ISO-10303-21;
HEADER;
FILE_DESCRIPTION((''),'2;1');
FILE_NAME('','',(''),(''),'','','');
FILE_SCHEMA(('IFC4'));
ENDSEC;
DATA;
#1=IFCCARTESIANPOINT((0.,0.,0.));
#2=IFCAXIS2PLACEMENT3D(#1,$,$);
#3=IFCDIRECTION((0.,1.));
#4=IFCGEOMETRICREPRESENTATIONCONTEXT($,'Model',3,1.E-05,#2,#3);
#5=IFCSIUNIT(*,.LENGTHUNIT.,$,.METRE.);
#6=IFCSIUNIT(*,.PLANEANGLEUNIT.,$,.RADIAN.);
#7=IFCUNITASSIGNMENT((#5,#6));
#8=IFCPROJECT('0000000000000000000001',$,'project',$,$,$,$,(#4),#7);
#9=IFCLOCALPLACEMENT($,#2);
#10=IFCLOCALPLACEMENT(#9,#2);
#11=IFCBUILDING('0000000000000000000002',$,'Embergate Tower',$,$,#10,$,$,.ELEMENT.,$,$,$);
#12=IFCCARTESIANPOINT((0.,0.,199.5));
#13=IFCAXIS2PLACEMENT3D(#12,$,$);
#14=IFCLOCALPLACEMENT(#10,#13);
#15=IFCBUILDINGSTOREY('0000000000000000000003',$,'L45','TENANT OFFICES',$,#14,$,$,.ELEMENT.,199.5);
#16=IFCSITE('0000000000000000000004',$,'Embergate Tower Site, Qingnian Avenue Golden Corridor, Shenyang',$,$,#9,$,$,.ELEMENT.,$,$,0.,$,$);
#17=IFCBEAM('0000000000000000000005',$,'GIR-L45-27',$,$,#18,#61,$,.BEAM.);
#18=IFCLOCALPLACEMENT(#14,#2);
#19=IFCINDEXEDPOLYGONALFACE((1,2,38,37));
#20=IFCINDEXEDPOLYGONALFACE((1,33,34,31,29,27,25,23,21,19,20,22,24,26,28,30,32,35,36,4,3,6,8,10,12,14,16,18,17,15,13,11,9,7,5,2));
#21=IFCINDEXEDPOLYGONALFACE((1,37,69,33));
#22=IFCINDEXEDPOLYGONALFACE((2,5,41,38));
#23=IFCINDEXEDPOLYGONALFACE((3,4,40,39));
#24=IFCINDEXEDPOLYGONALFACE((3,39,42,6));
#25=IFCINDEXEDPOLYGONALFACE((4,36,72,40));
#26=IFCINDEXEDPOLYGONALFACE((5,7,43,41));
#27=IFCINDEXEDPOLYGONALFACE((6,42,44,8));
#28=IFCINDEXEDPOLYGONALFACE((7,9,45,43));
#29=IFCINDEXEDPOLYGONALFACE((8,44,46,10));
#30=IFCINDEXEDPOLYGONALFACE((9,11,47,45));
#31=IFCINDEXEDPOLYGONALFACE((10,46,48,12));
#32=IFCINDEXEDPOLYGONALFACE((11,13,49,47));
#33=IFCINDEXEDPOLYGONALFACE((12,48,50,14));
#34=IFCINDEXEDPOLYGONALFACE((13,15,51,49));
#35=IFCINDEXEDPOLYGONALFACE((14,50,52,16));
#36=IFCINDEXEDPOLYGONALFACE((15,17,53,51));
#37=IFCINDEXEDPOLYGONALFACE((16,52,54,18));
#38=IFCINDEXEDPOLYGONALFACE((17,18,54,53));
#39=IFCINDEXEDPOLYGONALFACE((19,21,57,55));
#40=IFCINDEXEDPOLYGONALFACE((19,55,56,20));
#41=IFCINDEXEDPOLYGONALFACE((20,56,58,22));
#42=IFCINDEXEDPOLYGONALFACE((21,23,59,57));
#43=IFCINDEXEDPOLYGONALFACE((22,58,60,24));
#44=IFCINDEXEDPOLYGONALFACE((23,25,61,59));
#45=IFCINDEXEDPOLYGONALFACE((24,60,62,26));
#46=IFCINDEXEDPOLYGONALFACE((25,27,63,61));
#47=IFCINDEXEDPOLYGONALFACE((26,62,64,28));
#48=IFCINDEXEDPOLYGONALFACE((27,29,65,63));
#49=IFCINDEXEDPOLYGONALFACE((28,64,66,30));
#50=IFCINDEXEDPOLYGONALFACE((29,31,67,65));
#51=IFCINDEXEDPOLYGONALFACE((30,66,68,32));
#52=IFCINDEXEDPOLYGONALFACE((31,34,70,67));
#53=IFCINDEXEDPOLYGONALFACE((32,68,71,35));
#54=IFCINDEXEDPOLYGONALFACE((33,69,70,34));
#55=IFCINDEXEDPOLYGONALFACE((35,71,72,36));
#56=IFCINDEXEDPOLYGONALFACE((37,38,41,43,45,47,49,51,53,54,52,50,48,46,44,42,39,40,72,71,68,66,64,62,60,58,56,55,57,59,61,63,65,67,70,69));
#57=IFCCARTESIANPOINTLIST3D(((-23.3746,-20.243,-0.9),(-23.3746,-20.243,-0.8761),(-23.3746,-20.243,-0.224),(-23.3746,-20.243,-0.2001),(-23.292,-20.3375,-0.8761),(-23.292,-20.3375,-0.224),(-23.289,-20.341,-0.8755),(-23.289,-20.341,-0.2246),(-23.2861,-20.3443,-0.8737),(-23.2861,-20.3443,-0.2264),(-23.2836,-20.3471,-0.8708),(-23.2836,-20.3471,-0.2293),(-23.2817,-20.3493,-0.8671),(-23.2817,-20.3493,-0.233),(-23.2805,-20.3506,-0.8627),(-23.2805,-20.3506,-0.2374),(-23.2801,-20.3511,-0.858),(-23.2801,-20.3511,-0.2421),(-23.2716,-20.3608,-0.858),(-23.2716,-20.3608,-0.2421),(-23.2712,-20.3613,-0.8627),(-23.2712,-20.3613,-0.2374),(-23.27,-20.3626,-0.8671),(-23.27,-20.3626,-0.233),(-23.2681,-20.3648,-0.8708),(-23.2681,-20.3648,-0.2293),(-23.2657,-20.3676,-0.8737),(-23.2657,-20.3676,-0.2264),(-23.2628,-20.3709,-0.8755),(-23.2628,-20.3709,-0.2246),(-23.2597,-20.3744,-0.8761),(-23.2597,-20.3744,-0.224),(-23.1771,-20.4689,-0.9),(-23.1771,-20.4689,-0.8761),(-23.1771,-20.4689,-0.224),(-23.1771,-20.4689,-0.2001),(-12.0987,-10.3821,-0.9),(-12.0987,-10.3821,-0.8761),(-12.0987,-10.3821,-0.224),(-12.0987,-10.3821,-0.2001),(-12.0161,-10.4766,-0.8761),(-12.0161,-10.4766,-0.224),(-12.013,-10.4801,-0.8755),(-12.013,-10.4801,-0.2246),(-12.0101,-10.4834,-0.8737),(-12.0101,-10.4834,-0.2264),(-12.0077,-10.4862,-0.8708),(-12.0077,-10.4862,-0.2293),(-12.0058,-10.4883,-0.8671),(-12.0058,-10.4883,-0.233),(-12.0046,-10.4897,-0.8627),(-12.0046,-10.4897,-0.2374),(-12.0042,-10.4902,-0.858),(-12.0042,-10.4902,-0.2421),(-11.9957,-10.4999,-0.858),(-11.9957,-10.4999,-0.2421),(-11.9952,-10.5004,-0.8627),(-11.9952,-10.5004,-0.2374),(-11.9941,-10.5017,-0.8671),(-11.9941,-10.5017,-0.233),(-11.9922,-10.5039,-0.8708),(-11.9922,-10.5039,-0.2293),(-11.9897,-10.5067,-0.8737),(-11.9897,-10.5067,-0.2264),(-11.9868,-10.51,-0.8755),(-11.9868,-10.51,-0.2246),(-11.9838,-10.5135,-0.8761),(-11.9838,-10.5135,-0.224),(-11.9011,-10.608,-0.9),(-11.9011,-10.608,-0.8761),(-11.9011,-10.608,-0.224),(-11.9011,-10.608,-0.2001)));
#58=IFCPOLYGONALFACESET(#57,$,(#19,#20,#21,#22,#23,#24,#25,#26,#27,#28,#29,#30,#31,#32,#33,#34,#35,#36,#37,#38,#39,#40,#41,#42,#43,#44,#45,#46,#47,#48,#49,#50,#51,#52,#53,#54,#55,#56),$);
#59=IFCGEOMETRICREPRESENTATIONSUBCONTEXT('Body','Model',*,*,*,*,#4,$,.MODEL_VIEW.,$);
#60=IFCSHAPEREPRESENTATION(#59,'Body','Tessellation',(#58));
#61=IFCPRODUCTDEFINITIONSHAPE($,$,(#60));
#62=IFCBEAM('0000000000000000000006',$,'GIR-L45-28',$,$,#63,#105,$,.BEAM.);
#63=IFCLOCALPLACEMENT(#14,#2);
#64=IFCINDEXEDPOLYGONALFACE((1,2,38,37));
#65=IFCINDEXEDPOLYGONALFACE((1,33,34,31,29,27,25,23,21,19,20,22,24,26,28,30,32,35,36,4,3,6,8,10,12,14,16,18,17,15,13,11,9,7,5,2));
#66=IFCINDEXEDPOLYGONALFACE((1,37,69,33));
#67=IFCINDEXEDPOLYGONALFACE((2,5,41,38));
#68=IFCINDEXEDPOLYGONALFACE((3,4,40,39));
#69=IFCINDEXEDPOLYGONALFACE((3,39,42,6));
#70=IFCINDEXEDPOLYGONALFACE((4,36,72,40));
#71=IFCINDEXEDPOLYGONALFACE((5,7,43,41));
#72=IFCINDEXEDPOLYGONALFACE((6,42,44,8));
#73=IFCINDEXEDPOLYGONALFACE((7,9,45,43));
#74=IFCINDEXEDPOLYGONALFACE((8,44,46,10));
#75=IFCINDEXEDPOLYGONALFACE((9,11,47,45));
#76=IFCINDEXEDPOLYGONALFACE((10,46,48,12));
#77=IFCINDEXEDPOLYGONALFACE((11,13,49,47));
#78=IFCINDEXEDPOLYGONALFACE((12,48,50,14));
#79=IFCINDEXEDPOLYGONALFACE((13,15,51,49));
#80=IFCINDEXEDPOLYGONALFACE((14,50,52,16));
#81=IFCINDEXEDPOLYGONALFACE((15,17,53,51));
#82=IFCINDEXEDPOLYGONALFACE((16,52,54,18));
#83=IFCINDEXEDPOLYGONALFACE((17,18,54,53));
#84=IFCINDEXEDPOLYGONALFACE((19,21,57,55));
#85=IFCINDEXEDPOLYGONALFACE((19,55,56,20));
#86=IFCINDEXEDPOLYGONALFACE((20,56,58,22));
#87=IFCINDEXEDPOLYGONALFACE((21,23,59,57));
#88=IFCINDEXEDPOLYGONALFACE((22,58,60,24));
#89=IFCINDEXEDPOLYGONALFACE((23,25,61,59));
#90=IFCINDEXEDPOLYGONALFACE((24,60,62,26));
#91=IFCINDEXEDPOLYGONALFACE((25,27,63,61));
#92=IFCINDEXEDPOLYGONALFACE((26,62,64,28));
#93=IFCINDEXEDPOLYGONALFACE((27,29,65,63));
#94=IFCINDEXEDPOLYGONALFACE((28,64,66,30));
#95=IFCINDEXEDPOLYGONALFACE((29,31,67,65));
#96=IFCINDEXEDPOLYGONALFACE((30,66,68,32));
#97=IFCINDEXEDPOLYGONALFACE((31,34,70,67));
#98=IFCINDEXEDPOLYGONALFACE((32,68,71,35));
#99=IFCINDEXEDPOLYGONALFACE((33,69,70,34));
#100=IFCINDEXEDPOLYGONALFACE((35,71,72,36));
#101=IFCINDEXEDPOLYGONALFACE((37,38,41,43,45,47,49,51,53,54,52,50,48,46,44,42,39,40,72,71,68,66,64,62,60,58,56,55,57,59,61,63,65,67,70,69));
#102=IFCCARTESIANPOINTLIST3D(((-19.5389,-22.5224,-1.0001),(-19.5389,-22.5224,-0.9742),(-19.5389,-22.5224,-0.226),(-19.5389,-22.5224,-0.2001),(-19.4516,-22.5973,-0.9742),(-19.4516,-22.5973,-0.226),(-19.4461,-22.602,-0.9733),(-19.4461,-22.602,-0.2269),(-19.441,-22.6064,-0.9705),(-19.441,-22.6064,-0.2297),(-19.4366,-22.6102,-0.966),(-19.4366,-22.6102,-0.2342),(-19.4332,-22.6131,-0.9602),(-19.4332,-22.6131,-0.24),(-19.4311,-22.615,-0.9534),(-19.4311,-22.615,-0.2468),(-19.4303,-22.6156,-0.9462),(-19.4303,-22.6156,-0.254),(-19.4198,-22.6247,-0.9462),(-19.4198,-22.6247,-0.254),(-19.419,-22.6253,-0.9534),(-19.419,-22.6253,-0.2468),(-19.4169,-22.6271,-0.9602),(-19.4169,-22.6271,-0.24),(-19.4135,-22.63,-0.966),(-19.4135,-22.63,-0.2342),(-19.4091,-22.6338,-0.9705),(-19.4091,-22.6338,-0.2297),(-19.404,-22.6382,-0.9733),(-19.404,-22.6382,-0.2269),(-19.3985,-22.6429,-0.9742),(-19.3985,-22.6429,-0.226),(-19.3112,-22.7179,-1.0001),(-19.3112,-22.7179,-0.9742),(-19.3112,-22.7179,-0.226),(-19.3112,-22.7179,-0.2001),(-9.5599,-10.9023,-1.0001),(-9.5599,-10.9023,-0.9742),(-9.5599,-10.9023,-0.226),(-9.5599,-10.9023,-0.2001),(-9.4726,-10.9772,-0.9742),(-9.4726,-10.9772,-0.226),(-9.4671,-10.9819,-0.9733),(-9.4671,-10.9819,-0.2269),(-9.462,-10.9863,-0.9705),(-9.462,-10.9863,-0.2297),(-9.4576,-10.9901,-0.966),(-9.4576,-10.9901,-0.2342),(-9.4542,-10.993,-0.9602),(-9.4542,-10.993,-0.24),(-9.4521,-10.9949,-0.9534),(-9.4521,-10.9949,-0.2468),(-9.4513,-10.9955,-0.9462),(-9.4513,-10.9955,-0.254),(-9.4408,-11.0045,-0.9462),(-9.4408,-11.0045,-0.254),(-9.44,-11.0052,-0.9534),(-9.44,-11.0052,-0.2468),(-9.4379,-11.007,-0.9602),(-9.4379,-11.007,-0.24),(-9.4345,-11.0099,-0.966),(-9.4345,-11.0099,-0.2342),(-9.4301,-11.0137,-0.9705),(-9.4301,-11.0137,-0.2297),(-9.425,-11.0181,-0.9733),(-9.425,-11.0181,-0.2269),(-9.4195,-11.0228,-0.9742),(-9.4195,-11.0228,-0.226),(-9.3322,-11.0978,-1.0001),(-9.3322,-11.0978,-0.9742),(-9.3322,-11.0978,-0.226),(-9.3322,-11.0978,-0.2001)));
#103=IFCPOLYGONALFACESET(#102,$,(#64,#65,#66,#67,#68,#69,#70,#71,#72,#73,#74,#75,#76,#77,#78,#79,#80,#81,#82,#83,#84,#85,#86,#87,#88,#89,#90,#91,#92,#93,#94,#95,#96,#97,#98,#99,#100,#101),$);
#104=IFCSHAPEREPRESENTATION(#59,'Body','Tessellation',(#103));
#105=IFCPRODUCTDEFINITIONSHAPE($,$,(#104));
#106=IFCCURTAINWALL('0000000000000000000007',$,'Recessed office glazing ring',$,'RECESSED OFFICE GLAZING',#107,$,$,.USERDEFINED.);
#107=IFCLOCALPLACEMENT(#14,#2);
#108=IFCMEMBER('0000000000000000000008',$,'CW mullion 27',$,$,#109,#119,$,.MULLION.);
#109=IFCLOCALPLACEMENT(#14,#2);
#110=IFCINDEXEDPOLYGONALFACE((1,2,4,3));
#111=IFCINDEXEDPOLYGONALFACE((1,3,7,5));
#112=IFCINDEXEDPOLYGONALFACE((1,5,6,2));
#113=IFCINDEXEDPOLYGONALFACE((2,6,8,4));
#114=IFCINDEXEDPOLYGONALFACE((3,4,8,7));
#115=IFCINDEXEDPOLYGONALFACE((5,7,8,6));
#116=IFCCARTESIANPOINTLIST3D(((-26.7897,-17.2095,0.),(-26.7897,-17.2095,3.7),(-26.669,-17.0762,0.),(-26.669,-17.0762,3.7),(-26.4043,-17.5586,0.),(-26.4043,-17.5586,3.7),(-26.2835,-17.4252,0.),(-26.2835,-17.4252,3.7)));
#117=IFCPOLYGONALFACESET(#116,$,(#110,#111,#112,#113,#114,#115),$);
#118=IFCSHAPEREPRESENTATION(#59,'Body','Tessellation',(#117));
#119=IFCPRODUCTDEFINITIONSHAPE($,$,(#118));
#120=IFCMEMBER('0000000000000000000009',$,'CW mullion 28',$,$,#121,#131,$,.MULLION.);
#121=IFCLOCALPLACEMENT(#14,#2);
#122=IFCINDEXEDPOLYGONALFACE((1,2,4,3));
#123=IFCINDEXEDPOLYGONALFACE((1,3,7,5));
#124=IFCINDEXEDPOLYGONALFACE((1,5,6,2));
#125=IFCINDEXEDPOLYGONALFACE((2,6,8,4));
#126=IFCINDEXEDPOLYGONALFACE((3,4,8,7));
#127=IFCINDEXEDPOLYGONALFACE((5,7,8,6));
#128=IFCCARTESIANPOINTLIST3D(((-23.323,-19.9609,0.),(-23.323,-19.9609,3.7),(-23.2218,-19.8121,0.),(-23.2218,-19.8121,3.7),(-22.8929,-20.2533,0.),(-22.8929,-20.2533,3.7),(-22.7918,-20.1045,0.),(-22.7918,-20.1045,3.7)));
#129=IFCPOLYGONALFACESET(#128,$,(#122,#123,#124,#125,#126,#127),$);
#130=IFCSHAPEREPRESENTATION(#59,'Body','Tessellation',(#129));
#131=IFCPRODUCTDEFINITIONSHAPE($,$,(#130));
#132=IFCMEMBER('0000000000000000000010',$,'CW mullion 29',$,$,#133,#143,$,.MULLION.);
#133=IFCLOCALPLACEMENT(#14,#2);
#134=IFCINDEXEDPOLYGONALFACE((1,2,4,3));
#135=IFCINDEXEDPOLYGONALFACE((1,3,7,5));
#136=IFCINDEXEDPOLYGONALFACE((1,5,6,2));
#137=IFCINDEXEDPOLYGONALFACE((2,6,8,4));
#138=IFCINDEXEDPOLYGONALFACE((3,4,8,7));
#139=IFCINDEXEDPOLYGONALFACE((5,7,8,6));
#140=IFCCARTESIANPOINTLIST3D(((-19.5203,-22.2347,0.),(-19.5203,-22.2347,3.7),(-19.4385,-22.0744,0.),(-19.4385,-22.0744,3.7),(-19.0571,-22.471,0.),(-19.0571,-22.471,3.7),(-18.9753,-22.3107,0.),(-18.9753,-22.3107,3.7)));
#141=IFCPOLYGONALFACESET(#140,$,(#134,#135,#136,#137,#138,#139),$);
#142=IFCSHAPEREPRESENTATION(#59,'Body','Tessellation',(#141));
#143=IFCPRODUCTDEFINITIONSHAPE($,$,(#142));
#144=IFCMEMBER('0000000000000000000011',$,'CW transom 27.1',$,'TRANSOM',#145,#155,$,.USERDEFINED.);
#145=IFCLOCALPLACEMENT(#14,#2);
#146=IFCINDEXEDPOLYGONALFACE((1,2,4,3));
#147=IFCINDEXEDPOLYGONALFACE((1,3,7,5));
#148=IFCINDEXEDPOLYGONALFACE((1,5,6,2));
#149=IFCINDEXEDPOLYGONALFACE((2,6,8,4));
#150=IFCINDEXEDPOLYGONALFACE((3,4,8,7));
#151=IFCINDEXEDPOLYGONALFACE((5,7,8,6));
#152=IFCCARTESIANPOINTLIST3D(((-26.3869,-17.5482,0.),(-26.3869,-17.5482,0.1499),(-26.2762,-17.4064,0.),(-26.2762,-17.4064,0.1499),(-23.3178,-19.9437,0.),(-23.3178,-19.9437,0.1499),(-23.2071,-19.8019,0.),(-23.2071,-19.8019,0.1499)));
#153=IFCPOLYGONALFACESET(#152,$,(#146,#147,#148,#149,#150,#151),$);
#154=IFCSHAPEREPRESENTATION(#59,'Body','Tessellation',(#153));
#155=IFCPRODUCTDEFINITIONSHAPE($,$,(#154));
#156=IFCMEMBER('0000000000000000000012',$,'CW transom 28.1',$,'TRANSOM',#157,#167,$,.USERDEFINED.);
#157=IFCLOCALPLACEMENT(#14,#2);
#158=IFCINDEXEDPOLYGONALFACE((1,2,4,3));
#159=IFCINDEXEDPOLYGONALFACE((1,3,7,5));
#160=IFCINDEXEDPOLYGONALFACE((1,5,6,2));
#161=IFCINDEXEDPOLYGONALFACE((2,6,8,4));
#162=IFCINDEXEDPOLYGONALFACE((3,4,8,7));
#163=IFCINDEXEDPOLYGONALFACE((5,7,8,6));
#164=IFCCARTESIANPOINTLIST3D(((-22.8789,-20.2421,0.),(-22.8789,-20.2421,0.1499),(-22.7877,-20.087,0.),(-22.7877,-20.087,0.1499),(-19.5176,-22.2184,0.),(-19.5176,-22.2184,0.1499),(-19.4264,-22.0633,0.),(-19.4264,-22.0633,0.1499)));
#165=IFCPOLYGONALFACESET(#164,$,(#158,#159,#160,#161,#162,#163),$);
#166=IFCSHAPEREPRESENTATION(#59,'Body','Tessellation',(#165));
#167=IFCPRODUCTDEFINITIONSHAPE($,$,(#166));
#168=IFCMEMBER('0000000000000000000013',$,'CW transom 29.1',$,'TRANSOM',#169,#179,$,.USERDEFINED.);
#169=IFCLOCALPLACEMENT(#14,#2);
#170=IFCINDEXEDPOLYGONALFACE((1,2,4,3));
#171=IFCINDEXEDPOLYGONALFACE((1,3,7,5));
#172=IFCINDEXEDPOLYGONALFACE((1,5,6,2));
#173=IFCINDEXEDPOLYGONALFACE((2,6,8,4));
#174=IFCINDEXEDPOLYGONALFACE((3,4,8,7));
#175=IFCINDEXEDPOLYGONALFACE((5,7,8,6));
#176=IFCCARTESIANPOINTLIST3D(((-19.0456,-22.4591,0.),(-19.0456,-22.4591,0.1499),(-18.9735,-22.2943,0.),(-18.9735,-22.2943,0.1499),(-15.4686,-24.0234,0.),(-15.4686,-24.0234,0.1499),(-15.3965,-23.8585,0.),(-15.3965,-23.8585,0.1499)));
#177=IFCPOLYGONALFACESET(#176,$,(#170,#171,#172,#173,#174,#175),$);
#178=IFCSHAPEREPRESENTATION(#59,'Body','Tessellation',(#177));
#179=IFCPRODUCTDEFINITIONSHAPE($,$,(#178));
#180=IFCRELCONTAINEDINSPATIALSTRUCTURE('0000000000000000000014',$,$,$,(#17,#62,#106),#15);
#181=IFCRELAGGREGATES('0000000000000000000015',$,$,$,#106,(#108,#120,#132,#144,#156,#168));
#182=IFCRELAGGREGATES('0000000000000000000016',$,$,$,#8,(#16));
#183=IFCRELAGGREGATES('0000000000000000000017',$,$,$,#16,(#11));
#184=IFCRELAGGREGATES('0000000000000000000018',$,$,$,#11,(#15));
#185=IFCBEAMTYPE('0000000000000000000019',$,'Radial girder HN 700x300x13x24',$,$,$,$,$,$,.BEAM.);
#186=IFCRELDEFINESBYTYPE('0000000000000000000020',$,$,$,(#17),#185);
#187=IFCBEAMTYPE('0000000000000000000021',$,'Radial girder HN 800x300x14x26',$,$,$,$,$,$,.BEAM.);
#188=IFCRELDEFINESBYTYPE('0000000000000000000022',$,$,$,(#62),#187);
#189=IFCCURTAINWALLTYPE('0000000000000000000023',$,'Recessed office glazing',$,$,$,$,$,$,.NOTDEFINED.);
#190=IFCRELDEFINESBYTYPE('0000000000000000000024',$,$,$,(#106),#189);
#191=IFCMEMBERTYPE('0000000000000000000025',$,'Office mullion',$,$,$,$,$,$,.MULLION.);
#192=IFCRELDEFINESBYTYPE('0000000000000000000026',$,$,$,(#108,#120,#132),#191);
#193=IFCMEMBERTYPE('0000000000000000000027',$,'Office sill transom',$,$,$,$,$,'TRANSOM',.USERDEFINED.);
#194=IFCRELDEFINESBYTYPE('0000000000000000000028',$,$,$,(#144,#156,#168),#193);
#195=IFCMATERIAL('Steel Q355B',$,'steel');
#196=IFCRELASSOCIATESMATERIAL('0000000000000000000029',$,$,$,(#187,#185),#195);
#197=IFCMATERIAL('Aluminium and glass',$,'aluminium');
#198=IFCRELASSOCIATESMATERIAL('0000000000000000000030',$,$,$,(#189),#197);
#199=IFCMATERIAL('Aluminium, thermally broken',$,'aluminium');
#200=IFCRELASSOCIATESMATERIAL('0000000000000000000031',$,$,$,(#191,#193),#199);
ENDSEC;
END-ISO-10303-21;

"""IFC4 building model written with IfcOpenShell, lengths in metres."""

from ifc_helpers import new_model, si_unit, direction, frame, origin, origin_2d, place, context, subcontext, project, spatial, rectangle, i_section, extrude, source, transform, mapped, material, material_profile, profile_set, type_object, element, aggregate, save


model = new_model("IFC4")

# Units and contexts
model_context = context("Model", 3, precision=1e-05, world=origin(), true_north=direction((0.0, 1.0)))
body_context = subcontext(model_context, "Body", "Model", "MODEL_VIEW")
ifc_project = project(units=[si_unit("LENGTHUNIT", "METRE"), si_unit("PLANEANGLEUNIT", "RADIAN")], contexts=[model_context])

# Site, building, storey
site_placement = place(None, origin())
site = spatial("IfcSite", under=ifc_project, at=site_placement, Name="Embergate Tower Site, Qingnian Avenue Golden Corridor, Shenyang", CompositionType="ELEMENT", RefElevation=0.0)
building_placement = place(site_placement, origin())
building = spatial("IfcBuilding", under=site, at=building_placement, Name="Embergate Tower", CompositionType="ELEMENT")
storey_placement = place(building_placement, frame((0.0, 0.0, 199.5)))
storey = spatial("IfcBuildingStorey", under=building, at=storey_placement, Name="L45", Description="TENANT OFFICES", CompositionType="ELEMENT", Elevation=199.5)

# Beams
ifc_material_1 = material(Name="Steel Q355B", Category="steel")
ifc_material_profile_1 = material_profile(ifc_material_1, i_section(OverallWidth=0.3, OverallDepth=0.8, WebThickness=0.0139, FlangeThickness=0.0259, FilletRadius=0.0281, at=origin_2d()), Name="HN 800x300x14x26")
ifc_profile_set_1 = profile_set([ifc_material_profile_1], Name="Steel Q355 grade B")
beam_type_1 = type_object("IfcBeamType", Name="Radial girder HN 800x300x14x26", PredefinedType="BEAM", material=ifc_profile_set_1)
ifc_material_profile_2 = material_profile(ifc_material_1, i_section(OverallWidth=0.3, OverallDepth=0.7, WebThickness=0.0129, FlangeThickness=0.0239, FilletRadius=0.0181, at=origin_2d()), Name="HN 700x300x13x24")
ifc_profile_set_2 = profile_set([ifc_material_profile_2], Name="Steel Q355 grade B")
beam_type_2 = type_object("IfcBeamType", Name="Radial girder HN 700x300x13x24", PredefinedType="BEAM", material=ifc_profile_set_2)
shared_shape_1 = source(origin(), body_context, "Body", "SweptSolid", [
    extrude(i_section(OverallWidth=0.3, OverallDepth=0.7, WebThickness=0.0129, FlangeThickness=0.0239, FilletRadius=0.0181, at=origin_2d()), origin(), (0.0, 0.0, 1.0), 14.9795),
])
beam_1_placement = place(storey_placement, frame((-23.2759, -20.356, -0.55), z_axis=(0.75276, 0.658295, 0.0), x_axis=(-0.658295, 0.75276, 0.0)))
element("IfcBeam", 1, at=beam_1_placement, inside=storey, type_object=beam_type_2, Name="GIR-L45-27", PredefinedType="BEAM", context=body_context, shape_type="MappedRepresentation", body=[
    mapped(shared_shape_1, transform((0.0, 0.0, 0.0))),
])
shared_shape_2 = source(origin(), body_context, "Body", "SweptSolid", [
    extrude(i_section(OverallWidth=0.3, OverallDepth=0.8, WebThickness=0.0139, FlangeThickness=0.0259, FilletRadius=0.0281, at=origin_2d()), origin(), (0.0, 0.0, 1.0), 15.3169),
])
beam_2_placement = place(storey_placement, frame((-19.425, -22.6201, -0.6001), z_axis=(0.651503, 0.758646, 0.0), x_axis=(-0.758646, 0.651503, 0.0)))
element("IfcBeam", 2, at=beam_2_placement, inside=storey, type_object=beam_type_1, Name="GIR-L45-28", PredefinedType="BEAM", context=body_context, shape_type="MappedRepresentation", body=[
    mapped(shared_shape_2, transform((0.0, 0.0, 0.0))),
])

# Curtain wall, members
ifc_material_2 = material(Name="Aluminium and glass", Category="aluminium")
curtain_wall_type = type_object("IfcCurtainWallType", Name="Recessed office glazing", PredefinedType="NOTDEFINED", material=ifc_material_2)
curtain_wall_placement = place(storey_placement, origin())
curtain_wall = element("IfcCurtainWall", 3, at=curtain_wall_placement, inside=storey, type_object=curtain_wall_type, Name="Recessed office glazing ring", ObjectType="RECESSED OFFICE GLAZING", PredefinedType="USERDEFINED")
ifc_material_3 = material(Name="Aluminium, thermally broken", Category="aluminium")
ifc_material_profile_3 = material_profile(ifc_material_3, rectangle(XDim=0.1799, YDim=0.52, at=origin_2d()), Name="AL 520x180")
ifc_profile_set_3 = profile_set([ifc_material_profile_3], Name="Aluminium, thermally broken")
member_type_1 = type_object("IfcMemberType", Name="Office mullion", PredefinedType="MULLION", material=ifc_profile_set_3)
shared_shape_3 = source(origin(), body_context, "Body", "SweptSolid", [
    extrude(rectangle(XDim=0.1799, YDim=0.52, at=origin_2d()), origin(), (0.0, 0.0, 1.0), 3.7),
])
member_1_placement = place(storey_placement, frame((-26.5366, -17.3174, 0.0), z_axis=(0.0, 0.0, 1.0), x_axis=(0.671236, 0.741244, 0.0)))
member_1 = element("IfcMember", 4, at=member_1_placement, type_object=member_type_1, Name="CW mullion 27", PredefinedType="MULLION", context=body_context, shape_type="MappedRepresentation", body=[
    mapped(shared_shape_3, transform((0.0, 0.0, 0.0))),
])
member_2_placement = place(storey_placement, frame((-23.0574, -20.0327, 0.0), z_axis=(0.0, 0.0, 1.0), x_axis=(0.562226, 0.826983, 0.0)))
member_2 = element("IfcMember", 5, at=member_2_placement, type_object=member_type_1, Name="CW mullion 28", PredefinedType="MULLION", context=body_context, shape_type="MappedRepresentation", body=[
    mapped(shared_shape_3, transform((0.0, 0.0, 0.0))),
])
member_3_placement = place(storey_placement, frame((-19.2478, -22.2727, 0.0), z_axis=(0.0, 0.0, 1.0), x_axis=(0.454521, 0.890736, 0.0)))
member_3 = element("IfcMember", 6, at=member_3_placement, type_object=member_type_1, Name="CW mullion 29", PredefinedType="MULLION", context=body_context, shape_type="MappedRepresentation", body=[
    mapped(shared_shape_3, transform((0.0, 0.0, 0.0))),
])
ifc_material_profile_4 = material_profile(ifc_material_3, rectangle(XDim=0.1799, YDim=0.1499, at=origin_2d()), Name="AL 150x180")
ifc_profile_set_4 = profile_set([ifc_material_profile_4], Name="Aluminium, thermally broken")
member_type_2 = type_object("IfcMemberType", Name="Office sill transom", ElementType="TRANSOM", PredefinedType="USERDEFINED", material=ifc_profile_set_4)
shared_shape_4 = source(origin(), body_context, "Body", "SweptSolid", [
    extrude(rectangle(XDim=0.1799, YDim=0.1499, at=origin_2d()), origin(), (0.0, 0.0, 1.0), 3.8933),
])
member_4_placement = place(storey_placement, frame((-26.3315, -17.4773, 0.075), z_axis=(0.788301, -0.61529, 0.0), x_axis=(0.61529, 0.788301, 0.0)))
member_4 = element("IfcMember", 7, at=member_4_placement, type_object=member_type_2, Name="CW transom 27.1", ObjectType="TRANSOM", PredefinedType="USERDEFINED", context=body_context, shape_type="MappedRepresentation", body=[
    mapped(shared_shape_4, transform((0.0, 0.0, 0.0))),
])
shared_shape_5 = source(origin(), body_context, "Body", "SweptSolid", [
    extrude(rectangle(XDim=0.1799, YDim=0.1499, at=origin_2d()), origin(), (0.0, 0.0, 1.0), 3.8992),
])
member_5_placement = place(storey_placement, frame((-22.8333, -20.1646, 0.075), z_axis=(0.862039, -0.506842, 0.0), x_axis=(0.506842, 0.862039, 0.0)))
member_5 = element("IfcMember", 8, at=member_5_placement, type_object=member_type_2, Name="CW transom 28.1", ObjectType="TRANSOM", PredefinedType="USERDEFINED", context=body_context, shape_type="MappedRepresentation", body=[
    mapped(shared_shape_5, transform((0.0, 0.0, 0.0))),
])
shared_shape_6 = source(origin(), body_context, "Body", "SweptSolid", [
    extrude(rectangle(XDim=0.1799, YDim=0.1499, at=origin_2d()), origin(), (0.0, 0.0, 1.0), 3.9041),
])
member_6_placement = place(storey_placement, frame((-19.0095, -22.3767, 0.075), z_axis=(0.916222, -0.400671, 0.0), x_axis=(0.400671, 0.916222, 0.0)))
member_6 = element("IfcMember", 9, at=member_6_placement, type_object=member_type_2, Name="CW transom 29.1", ObjectType="TRANSOM", PredefinedType="USERDEFINED", context=body_context, shape_type="MappedRepresentation", body=[
    mapped(shared_shape_6, transform((0.0, 0.0, 0.0))),
])
aggregate(curtain_wall, [member_1, member_2, member_3, member_4, member_5, member_6])

save(model, "model.ifc")
